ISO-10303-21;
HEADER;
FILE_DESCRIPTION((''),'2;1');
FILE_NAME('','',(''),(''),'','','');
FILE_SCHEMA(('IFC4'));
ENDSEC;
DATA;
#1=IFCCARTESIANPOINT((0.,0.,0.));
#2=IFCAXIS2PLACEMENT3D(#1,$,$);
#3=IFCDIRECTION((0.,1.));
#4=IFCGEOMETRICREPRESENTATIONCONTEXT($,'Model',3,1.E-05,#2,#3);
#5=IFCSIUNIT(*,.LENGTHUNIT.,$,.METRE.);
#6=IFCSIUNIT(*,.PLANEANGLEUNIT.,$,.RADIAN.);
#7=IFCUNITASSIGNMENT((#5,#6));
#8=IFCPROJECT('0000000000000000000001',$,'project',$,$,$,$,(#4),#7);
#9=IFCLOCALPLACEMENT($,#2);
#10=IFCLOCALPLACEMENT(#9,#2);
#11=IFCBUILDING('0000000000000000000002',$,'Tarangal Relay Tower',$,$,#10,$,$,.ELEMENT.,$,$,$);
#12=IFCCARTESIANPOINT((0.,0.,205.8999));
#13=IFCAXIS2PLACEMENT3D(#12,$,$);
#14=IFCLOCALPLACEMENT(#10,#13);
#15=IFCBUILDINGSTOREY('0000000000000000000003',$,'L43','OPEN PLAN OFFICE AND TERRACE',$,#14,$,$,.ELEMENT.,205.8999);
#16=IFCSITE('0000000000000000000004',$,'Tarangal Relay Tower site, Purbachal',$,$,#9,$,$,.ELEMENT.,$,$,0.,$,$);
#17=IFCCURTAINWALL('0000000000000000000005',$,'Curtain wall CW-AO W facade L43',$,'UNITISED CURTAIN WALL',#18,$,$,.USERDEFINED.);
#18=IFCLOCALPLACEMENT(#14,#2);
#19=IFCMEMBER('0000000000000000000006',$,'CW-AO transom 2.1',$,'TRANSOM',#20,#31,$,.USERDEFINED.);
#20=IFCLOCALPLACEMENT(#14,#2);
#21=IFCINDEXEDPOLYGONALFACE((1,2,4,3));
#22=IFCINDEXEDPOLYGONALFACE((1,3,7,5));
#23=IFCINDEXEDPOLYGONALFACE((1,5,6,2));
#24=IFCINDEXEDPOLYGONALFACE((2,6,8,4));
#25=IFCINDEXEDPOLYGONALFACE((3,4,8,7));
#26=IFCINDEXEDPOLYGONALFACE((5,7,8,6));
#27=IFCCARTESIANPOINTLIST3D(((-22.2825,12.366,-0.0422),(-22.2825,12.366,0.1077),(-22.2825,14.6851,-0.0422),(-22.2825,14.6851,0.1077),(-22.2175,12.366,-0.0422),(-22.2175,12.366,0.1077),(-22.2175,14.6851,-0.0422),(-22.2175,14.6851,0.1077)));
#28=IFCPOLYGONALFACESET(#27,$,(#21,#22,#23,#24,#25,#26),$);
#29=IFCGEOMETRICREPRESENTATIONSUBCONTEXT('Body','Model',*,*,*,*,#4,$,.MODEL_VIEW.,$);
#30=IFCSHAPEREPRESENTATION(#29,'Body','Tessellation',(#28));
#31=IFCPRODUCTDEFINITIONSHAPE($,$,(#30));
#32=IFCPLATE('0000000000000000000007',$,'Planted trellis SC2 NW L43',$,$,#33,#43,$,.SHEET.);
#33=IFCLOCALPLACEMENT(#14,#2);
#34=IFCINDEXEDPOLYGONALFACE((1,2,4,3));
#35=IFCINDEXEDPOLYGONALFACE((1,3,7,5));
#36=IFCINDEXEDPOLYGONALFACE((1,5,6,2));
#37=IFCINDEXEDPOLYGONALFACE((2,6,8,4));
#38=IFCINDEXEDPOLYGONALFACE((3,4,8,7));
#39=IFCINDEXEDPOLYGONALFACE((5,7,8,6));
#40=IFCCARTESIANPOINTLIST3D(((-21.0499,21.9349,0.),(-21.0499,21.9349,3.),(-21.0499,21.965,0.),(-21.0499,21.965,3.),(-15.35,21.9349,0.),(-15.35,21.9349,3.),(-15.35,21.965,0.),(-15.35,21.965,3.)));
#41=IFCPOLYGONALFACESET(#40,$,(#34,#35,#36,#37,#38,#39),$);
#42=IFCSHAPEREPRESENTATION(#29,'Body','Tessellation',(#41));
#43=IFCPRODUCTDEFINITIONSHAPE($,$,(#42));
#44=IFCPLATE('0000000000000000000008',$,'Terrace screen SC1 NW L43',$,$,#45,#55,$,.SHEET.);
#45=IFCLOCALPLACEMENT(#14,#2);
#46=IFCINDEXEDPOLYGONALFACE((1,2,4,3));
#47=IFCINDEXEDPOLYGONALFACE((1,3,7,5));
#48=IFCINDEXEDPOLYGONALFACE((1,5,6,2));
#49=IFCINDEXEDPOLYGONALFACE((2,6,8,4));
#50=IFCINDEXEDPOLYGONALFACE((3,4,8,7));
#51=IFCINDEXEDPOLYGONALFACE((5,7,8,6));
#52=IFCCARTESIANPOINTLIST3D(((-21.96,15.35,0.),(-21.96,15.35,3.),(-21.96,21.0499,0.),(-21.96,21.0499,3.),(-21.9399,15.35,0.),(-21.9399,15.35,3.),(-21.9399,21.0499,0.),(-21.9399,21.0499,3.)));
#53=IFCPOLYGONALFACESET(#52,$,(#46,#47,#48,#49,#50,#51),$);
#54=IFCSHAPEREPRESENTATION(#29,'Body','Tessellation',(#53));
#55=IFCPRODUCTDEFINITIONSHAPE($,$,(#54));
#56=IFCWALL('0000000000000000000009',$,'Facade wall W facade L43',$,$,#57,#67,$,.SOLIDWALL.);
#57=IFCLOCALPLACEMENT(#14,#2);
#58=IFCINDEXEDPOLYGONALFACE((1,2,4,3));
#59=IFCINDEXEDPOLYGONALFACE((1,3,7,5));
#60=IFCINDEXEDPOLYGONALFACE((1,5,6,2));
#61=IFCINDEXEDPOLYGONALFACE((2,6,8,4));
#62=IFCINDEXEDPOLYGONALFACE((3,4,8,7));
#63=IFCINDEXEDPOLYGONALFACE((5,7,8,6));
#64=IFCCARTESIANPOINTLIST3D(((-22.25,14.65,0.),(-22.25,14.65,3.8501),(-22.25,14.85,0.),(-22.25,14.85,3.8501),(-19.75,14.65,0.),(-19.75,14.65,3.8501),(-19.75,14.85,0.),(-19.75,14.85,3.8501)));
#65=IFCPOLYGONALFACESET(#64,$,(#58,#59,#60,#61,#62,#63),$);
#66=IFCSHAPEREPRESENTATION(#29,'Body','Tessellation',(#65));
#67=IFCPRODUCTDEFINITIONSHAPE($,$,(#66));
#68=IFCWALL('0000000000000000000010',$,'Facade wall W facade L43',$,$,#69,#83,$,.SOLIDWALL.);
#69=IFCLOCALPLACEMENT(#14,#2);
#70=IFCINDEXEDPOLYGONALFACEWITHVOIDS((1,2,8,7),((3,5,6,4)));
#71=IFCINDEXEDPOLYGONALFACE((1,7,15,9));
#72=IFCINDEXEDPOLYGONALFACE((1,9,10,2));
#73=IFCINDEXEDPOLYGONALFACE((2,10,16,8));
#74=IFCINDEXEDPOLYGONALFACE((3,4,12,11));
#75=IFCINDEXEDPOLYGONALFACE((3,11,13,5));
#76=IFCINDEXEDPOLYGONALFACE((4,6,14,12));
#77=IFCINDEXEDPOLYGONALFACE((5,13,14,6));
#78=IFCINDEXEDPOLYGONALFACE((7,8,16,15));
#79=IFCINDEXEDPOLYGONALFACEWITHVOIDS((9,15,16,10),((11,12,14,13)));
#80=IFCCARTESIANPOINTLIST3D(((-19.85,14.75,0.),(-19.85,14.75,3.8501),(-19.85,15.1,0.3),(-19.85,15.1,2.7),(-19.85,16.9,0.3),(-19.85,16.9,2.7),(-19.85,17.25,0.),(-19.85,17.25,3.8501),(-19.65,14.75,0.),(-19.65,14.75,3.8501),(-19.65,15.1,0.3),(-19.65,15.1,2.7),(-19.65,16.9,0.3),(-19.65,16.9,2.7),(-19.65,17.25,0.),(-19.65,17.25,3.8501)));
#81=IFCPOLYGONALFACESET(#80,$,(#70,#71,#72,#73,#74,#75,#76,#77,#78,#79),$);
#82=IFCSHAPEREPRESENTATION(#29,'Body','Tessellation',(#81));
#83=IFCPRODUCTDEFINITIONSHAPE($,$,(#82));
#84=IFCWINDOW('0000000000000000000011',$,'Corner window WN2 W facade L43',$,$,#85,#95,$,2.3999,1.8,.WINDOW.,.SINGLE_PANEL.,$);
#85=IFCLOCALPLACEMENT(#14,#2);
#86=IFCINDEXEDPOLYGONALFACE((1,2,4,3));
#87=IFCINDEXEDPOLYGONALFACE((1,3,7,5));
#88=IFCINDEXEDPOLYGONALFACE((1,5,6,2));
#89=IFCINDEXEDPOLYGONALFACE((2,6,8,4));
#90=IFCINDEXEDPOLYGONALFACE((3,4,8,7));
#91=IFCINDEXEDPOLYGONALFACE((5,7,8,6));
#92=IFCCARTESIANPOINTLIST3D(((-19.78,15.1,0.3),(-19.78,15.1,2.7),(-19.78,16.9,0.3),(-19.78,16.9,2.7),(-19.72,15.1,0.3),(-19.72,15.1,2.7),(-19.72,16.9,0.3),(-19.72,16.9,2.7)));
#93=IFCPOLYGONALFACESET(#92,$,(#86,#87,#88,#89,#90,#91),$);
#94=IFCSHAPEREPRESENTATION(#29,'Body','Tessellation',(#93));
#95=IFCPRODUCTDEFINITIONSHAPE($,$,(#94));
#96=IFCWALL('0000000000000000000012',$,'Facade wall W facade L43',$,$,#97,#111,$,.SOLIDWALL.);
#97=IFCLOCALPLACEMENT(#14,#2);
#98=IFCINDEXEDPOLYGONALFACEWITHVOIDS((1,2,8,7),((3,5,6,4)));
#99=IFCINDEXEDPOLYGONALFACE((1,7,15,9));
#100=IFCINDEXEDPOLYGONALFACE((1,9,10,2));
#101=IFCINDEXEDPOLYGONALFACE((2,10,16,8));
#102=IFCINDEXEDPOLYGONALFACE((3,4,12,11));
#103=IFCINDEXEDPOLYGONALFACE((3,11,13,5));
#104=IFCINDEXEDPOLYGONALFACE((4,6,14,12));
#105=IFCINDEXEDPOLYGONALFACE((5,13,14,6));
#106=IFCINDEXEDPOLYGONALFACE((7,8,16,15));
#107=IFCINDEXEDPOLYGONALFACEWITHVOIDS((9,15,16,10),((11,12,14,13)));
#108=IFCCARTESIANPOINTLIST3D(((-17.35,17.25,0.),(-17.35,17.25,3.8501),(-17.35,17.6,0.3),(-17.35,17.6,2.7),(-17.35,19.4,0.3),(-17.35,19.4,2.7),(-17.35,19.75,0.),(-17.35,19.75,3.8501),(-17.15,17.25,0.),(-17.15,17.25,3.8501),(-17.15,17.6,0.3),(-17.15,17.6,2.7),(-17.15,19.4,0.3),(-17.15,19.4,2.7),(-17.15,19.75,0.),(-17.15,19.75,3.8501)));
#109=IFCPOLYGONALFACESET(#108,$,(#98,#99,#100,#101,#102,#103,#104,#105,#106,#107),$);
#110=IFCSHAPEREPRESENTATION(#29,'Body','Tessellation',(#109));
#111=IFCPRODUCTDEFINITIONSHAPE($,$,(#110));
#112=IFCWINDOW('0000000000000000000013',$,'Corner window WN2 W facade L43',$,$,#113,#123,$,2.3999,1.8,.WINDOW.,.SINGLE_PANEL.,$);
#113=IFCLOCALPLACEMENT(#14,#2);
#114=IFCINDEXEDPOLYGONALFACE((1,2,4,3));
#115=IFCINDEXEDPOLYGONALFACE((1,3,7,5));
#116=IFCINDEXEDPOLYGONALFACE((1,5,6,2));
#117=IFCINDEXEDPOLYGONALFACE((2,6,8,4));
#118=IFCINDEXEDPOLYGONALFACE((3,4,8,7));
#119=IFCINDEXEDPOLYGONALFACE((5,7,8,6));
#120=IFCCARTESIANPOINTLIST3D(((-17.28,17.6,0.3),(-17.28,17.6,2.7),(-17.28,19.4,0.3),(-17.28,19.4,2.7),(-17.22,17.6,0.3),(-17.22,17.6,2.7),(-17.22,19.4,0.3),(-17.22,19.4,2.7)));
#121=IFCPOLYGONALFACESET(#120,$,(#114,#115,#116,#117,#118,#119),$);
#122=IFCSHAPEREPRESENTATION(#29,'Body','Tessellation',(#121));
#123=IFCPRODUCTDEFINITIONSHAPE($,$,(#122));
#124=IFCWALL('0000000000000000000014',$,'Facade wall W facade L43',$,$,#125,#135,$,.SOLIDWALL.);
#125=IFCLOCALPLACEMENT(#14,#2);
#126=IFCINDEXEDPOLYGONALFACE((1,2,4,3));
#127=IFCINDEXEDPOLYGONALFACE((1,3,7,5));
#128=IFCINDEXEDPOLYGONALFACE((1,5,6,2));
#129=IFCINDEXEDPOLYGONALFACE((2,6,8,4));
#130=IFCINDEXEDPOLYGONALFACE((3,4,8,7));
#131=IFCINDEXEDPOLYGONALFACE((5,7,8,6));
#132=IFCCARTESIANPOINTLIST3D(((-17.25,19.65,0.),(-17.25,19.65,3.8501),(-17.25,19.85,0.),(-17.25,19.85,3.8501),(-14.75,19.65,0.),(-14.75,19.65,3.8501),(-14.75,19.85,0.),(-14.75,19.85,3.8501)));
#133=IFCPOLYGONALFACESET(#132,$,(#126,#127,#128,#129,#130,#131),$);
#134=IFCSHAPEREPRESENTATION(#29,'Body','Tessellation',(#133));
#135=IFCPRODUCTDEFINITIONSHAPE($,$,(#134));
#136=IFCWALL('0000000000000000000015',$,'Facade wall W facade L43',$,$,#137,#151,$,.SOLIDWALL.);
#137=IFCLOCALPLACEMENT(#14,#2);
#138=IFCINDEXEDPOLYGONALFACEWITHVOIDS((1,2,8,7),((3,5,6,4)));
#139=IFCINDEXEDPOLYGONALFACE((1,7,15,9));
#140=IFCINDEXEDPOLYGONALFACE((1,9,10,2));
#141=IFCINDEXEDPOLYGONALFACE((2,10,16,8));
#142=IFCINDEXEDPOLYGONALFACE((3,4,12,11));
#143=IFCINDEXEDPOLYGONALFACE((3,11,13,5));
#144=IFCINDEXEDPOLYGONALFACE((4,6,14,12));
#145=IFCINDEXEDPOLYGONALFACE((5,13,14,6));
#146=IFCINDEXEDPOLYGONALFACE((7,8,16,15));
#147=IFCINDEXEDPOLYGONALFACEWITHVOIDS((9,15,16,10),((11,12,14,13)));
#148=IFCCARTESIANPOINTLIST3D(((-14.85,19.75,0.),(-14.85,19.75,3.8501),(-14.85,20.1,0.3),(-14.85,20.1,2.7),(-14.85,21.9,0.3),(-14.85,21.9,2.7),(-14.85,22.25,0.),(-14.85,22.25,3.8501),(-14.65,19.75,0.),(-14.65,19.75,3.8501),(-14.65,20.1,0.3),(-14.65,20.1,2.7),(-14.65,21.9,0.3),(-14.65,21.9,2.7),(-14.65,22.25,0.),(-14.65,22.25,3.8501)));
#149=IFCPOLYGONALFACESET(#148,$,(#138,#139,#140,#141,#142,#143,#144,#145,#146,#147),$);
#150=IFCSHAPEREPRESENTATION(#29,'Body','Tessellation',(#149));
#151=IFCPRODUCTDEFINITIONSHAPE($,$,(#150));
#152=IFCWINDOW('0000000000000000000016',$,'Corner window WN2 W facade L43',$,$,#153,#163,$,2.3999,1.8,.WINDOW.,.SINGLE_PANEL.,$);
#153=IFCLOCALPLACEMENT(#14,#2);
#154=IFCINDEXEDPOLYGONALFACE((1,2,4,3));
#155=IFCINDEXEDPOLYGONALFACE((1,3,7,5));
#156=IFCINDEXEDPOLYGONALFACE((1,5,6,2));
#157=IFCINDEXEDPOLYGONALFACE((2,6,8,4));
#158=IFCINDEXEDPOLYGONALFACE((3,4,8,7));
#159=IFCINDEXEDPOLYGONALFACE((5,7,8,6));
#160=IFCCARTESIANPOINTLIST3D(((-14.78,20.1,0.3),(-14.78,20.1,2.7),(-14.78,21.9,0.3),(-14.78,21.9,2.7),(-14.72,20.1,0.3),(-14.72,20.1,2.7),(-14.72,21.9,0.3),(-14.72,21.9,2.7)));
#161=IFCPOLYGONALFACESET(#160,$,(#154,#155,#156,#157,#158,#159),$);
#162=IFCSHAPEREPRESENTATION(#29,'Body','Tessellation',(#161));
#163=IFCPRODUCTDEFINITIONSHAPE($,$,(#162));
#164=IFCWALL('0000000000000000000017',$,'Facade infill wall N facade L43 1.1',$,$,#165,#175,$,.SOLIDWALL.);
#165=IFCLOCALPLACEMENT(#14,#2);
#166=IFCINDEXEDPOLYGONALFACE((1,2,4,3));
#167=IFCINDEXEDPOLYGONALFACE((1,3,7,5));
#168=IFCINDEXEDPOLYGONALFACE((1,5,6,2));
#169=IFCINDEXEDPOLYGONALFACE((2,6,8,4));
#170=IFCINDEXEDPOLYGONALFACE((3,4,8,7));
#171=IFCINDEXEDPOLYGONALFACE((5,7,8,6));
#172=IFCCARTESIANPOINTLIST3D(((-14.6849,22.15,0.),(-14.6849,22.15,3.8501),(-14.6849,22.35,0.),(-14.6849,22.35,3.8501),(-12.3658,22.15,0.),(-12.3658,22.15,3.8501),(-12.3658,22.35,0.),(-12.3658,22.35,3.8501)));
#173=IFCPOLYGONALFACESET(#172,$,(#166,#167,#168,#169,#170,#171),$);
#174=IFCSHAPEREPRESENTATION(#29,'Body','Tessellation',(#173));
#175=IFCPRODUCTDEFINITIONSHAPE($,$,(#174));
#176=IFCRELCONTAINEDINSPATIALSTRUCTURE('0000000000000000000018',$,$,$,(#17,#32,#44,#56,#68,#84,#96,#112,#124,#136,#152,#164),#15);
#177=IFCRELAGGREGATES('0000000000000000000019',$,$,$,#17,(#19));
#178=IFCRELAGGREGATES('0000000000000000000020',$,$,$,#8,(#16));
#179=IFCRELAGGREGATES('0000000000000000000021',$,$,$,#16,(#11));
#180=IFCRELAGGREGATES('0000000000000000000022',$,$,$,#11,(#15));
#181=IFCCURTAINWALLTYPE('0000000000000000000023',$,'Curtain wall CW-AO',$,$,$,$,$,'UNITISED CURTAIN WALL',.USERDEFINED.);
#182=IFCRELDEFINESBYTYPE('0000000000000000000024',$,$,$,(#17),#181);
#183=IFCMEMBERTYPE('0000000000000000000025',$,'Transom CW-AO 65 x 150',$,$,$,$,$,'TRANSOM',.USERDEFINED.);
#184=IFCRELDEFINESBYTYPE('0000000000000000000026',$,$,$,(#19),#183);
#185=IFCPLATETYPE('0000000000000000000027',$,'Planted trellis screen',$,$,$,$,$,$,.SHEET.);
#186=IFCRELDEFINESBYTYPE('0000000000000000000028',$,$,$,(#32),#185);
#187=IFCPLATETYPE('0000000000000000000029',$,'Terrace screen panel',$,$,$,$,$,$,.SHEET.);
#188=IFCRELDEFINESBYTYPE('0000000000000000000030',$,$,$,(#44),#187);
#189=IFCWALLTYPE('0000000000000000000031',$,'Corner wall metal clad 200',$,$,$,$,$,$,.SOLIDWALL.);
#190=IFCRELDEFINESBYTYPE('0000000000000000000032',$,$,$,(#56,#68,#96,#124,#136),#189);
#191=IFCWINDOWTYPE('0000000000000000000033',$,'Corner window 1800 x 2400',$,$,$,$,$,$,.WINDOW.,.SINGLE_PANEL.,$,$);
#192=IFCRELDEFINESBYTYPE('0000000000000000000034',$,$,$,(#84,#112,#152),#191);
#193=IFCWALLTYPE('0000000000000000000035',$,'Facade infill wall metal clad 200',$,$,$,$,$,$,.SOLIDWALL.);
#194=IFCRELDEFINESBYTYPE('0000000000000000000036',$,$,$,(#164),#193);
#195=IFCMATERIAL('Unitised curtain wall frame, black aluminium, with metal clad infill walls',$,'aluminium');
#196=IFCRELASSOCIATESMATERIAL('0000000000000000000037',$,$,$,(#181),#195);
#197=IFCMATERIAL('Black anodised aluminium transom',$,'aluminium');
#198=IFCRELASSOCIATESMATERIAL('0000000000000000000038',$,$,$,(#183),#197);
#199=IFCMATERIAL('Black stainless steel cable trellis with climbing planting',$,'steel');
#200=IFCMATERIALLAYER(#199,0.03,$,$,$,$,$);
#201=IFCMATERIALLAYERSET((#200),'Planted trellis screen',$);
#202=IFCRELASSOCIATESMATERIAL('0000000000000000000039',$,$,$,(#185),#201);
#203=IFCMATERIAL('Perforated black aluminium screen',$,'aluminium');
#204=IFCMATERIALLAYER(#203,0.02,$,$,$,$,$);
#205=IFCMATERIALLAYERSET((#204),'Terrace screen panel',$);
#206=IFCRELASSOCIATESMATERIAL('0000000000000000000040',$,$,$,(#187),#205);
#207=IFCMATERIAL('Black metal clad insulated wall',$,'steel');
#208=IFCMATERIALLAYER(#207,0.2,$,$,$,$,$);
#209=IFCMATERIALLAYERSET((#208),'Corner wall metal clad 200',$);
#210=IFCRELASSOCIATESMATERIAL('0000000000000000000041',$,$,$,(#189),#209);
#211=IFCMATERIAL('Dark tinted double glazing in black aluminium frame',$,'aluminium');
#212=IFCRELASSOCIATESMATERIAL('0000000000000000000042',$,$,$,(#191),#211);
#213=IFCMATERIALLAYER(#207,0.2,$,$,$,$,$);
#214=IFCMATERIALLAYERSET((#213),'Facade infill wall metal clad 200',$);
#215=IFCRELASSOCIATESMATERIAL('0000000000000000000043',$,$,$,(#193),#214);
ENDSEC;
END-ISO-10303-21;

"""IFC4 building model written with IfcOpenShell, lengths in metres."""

from ifc_helpers import new_model, si_unit, direction, frame, frame_2d, origin, origin_2d, place, context, subcontext, project, spatial, rectangle, extrude, material, layer, layer_set, material_profile, profile_set, type_object, element, fill, aggregate, save


model = new_model("IFC4")

# Units and contexts
model_context = context("Model", 3, precision=1e-05, world=origin(), true_north=direction((0.0, 1.0)))
body_context = subcontext(model_context, "Body", "Model", "MODEL_VIEW")
ifc_project = project(units=[si_unit("LENGTHUNIT", "METRE"), si_unit("PLANEANGLEUNIT", "RADIAN")], contexts=[model_context])

# Site, building, storey
site_placement = place(None, origin())
site = spatial("IfcSite", under=ifc_project, at=site_placement, Name="Tarangal Relay Tower site, Purbachal", CompositionType="ELEMENT", RefElevation=0.0)
building_placement = place(site_placement, origin())
building = spatial("IfcBuilding", under=site, at=building_placement, Name="Tarangal Relay Tower", CompositionType="ELEMENT")
storey_placement = place(building_placement, frame((0.0, 0.0, 205.8999)))
storey = spatial("IfcBuildingStorey", under=building, at=storey_placement, Name="L43", Description="OPEN PLAN OFFICE AND TERRACE", CompositionType="ELEMENT", Elevation=205.8999)

# Curtain wall
ifc_material_1 = material(Name="Unitised curtain wall frame, black aluminium, with metal clad infill walls", Category="aluminium")
curtain_wall_type = type_object("IfcCurtainWallType", Name="Curtain wall CW-AO", ElementType="UNITISED CURTAIN WALL", PredefinedType="USERDEFINED", material=ifc_material_1)
curtain_wall_1_placement = place(storey_placement, origin())
curtain_wall_1 = element("IfcCurtainWall", 1, at=curtain_wall_1_placement, inside=storey, type_object=curtain_wall_type, Name="Curtain wall CW-AO W facade L43", ObjectType="UNITISED CURTAIN WALL", PredefinedType="USERDEFINED")

# Member
ifc_material_2 = material(Name="Black anodised aluminium transom", Category="aluminium")
ifc_material_profile_1 = material_profile(ifc_material_2, rectangle(XDim=0.0649, YDim=0.1499, at=origin_2d()), Name="CW-AOT 65X150")
ifc_profile_set_1 = profile_set([ifc_material_profile_1], Name="Black anodised aluminium transom")
member_type_1 = type_object("IfcMemberType", Name="Transom CW-AO 65 x 150", ElementType="TRANSOM", PredefinedType="USERDEFINED", material=ifc_profile_set_1)
member_1_placement = place(storey_placement, frame((-22.25, 12.366, 0.0327), z_axis=(0.0, 1.0, 0.0), x_axis=(-1.0, 0.0, 0.0)))
member_1 = element("IfcMember", 2, at=member_1_placement, type_object=member_type_1, Name="CW-AO transom 2.1", ObjectType="TRANSOM", PredefinedType="USERDEFINED", context=body_context, shape_type="SweptSolid", body=[
    extrude(rectangle(XDim=0.0649, YDim=0.1499, at=origin_2d()), origin(), (0.0, 0.0, 1.0), 2.3191),
])
aggregate(curtain_wall_1, [member_1])

# Plates
ifc_material_3 = material(Name="Black stainless steel cable trellis with climbing planting", Category="steel")
ifc_layer_1 = layer(ifc_material_3, 0.03)
ifc_layer_set_1 = layer_set([ifc_layer_1], Name="Planted trellis screen")
plate_type_1 = type_object("IfcPlateType", Name="Planted trellis screen", PredefinedType="SHEET", material=ifc_layer_set_1)
plate_1_placement = place(storey_placement, frame((-18.2, 21.95, 0.0), z_axis=(0.0, 0.0, 1.0), x_axis=(1.0, 0.0, 0.0)))
element("IfcPlate", 3, at=plate_1_placement, inside=storey, type_object=plate_type_1, Name="Planted trellis SC2 NW L43", PredefinedType="SHEET", context=body_context, shape_type="SweptSolid", body=[
    extrude(rectangle(XDim=5.7, YDim=0.03, at=origin_2d()), origin(), (0.0, 0.0, 1.0), 3.0),
])
ifc_material_4 = material(Name="Perforated black aluminium screen", Category="aluminium")
ifc_layer_2 = layer(ifc_material_4, 0.02)
ifc_layer_set_2 = layer_set([ifc_layer_2], Name="Terrace screen panel")
plate_type_2 = type_object("IfcPlateType", Name="Terrace screen panel", PredefinedType="SHEET", material=ifc_layer_set_2)
plate_2_placement = place(storey_placement, frame((-21.95, 18.2, 0.0), z_axis=(0.0, 0.0, 1.0), x_axis=(0.0, 1.0, 0.0)))
element("IfcPlate", 4, at=plate_2_placement, inside=storey, type_object=plate_type_2, Name="Terrace screen SC1 NW L43", PredefinedType="SHEET", context=body_context, shape_type="SweptSolid", body=[
    extrude(rectangle(XDim=5.7, YDim=0.02, at=origin_2d()), origin(), (0.0, 0.0, 1.0), 3.0),
])

# Wall
ifc_material_5 = material(Name="Black metal clad insulated wall", Category="steel")
ifc_layer_3 = layer(ifc_material_5, 0.2)
ifc_layer_set_3 = layer_set([ifc_layer_3], Name="Corner wall metal clad 200")
wall_type_1 = type_object("IfcWallType", Name="Corner wall metal clad 200", PredefinedType="SOLIDWALL", material=ifc_layer_set_3)
wall_1_placement = place(storey_placement, frame((-22.25, 14.75, 0.0), z_axis=(0.0, 0.0, 1.0), x_axis=(1.0, 0.0, 0.0)))
element("IfcWall", 5, at=wall_1_placement, inside=storey, type_object=wall_type_1, Name="Facade wall W facade L43", PredefinedType="SOLIDWALL", context=body_context, shape_type="SweptSolid", body=[
    extrude(rectangle(XDim=2.5, YDim=0.2, at=frame_2d((1.25, 0.0))), origin(), (0.0, 0.0, 1.0), 3.8501),
])

# Wall, opening, window
wall_2_placement = place(storey_placement, frame((-19.75, 14.75, 0.0), z_axis=(0.0, 0.0, 1.0), x_axis=(0.0, 1.0, 0.0)))
wall_2 = element("IfcWall", 6, at=wall_2_placement, inside=storey, type_object=wall_type_1, Name="Facade wall W facade L43", PredefinedType="SOLIDWALL", context=body_context, shape_type="SweptSolid", body=[
    extrude(rectangle(XDim=2.5, YDim=0.2, at=frame_2d((1.25, 0.0))), origin(), (0.0, 0.0, 1.0), 3.8501),
])
opening_1_placement = place(wall_2_placement, frame((0.3501, 0.0, 0.3)))
opening_1 = element("IfcOpeningElement", 7, at=opening_1_placement, cuts=wall_2, PredefinedType="OPENING", context=body_context, shape_type="SweptSolid", body=[
    extrude(rectangle(XDim=1.8, YDim=2.3999, at=frame_2d((0.8999, 1.2))), frame((0.0, 0.1099, 0.0), z_axis=(0.0, -1.0, 0.0), x_axis=(1.0, 0.0, 0.0)), (0.0, 0.0, 1.0), 0.22),
])
ifc_material_6 = material(Name="Dark tinted double glazing in black aluminium frame", Category="aluminium")
window_type = type_object("IfcWindowType", Name="Corner window 1800 x 2400", PartitioningType="SINGLE_PANEL", PredefinedType="WINDOW", material=ifc_material_6)
window_1_placement = place(opening_1_placement, origin())
window_1 = element("IfcWindow", 8, at=window_1_placement, inside=storey, type_object=window_type, Name="Corner window WN2 W facade L43", OverallHeight=2.3999, OverallWidth=1.8, PartitioningType="SINGLE_PANEL", PredefinedType="WINDOW", context=body_context, shape_type="SweptSolid", body=[
    extrude(rectangle(XDim=1.8, YDim=2.3999, at=frame_2d((0.8999, 1.2))), frame((0.0, 0.03, 0.0), z_axis=(0.0, -1.0, 0.0), x_axis=(1.0, 0.0, 0.0)), (0.0, 0.0, 1.0), 0.0601),
])
fill(opening_1, window_1)

# Wall, opening, window
wall_3_placement = place(storey_placement, frame((-17.25, 17.25, 0.0), z_axis=(0.0, 0.0, 1.0), x_axis=(0.0, 1.0, 0.0)))
wall_3 = element("IfcWall", 9, at=wall_3_placement, inside=storey, type_object=wall_type_1, Name="Facade wall W facade L43", PredefinedType="SOLIDWALL", context=body_context, shape_type="SweptSolid", body=[
    extrude(rectangle(XDim=2.5, YDim=0.2, at=frame_2d((1.25, 0.0))), origin(), (0.0, 0.0, 1.0), 3.8501),
])
opening_2_placement = place(wall_3_placement, frame((0.3501, 0.0, 0.3)))
opening_2 = element("IfcOpeningElement", 10, at=opening_2_placement, cuts=wall_3, PredefinedType="OPENING", context=body_context, shape_type="SweptSolid", body=[
    extrude(rectangle(XDim=1.8, YDim=2.3999, at=frame_2d((0.8999, 1.2))), frame((0.0, 0.1099, 0.0), z_axis=(0.0, -1.0, 0.0), x_axis=(1.0, 0.0, 0.0)), (0.0, 0.0, 1.0), 0.22),
])
window_2_placement = place(opening_2_placement, origin())
window_2 = element("IfcWindow", 11, at=window_2_placement, inside=storey, type_object=window_type, Name="Corner window WN2 W facade L43", OverallHeight=2.3999, OverallWidth=1.8, PartitioningType="SINGLE_PANEL", PredefinedType="WINDOW", context=body_context, shape_type="SweptSolid", body=[
    extrude(rectangle(XDim=1.8, YDim=2.3999, at=frame_2d((0.8999, 1.2))), frame((0.0, 0.03, 0.0), z_axis=(0.0, -1.0, 0.0), x_axis=(1.0, 0.0, 0.0)), (0.0, 0.0, 1.0), 0.0601),
])
fill(opening_2, window_2)

# Wall
wall_4_placement = place(storey_placement, frame((-17.25, 19.75, 0.0), z_axis=(0.0, 0.0, 1.0), x_axis=(1.0, 0.0, 0.0)))
element("IfcWall", 12, at=wall_4_placement, inside=storey, type_object=wall_type_1, Name="Facade wall W facade L43", PredefinedType="SOLIDWALL", context=body_context, shape_type="SweptSolid", body=[
    extrude(rectangle(XDim=2.5, YDim=0.2, at=frame_2d((1.25, 0.0))), origin(), (0.0, 0.0, 1.0), 3.8501),
])

# Wall, opening, window
wall_5_placement = place(storey_placement, frame((-14.75, 19.75, 0.0), z_axis=(0.0, 0.0, 1.0), x_axis=(0.0, 1.0, 0.0)))
wall_5 = element("IfcWall", 13, at=wall_5_placement, inside=storey, type_object=wall_type_1, Name="Facade wall W facade L43", PredefinedType="SOLIDWALL", context=body_context, shape_type="SweptSolid", body=[
    extrude(rectangle(XDim=2.5, YDim=0.2, at=frame_2d((1.25, 0.0))), origin(), (0.0, 0.0, 1.0), 3.8501),
])
opening_3_placement = place(wall_5_placement, frame((0.3501, 0.0, 0.3)))
opening_3 = element("IfcOpeningElement", 14, at=opening_3_placement, cuts=wall_5, PredefinedType="OPENING", context=body_context, shape_type="SweptSolid", body=[
    extrude(rectangle(XDim=1.8, YDim=2.3999, at=frame_2d((0.8999, 1.2))), frame((0.0, 0.1099, 0.0), z_axis=(0.0, -1.0, 0.0), x_axis=(1.0, 0.0, 0.0)), (0.0, 0.0, 1.0), 0.22),
])
window_3_placement = place(opening_3_placement, origin())
window_3 = element("IfcWindow", 15, at=window_3_placement, inside=storey, type_object=window_type, Name="Corner window WN2 W facade L43", OverallHeight=2.3999, OverallWidth=1.8, PartitioningType="SINGLE_PANEL", PredefinedType="WINDOW", context=body_context, shape_type="SweptSolid", body=[
    extrude(rectangle(XDim=1.8, YDim=2.3999, at=frame_2d((0.8999, 1.2))), frame((0.0, 0.03, 0.0), z_axis=(0.0, -1.0, 0.0), x_axis=(1.0, 0.0, 0.0)), (0.0, 0.0, 1.0), 0.0601),
])
fill(opening_3, window_3)

# Wall
ifc_layer_4 = layer(ifc_material_5, 0.2)
ifc_layer_set_4 = layer_set([ifc_layer_4], Name="Facade infill wall metal clad 200")
wall_type_2 = type_object("IfcWallType", Name="Facade infill wall metal clad 200", PredefinedType="SOLIDWALL", material=ifc_layer_set_4)
for number, where, z_axis, x_axis, name in (
    (16, (-14.6851, 22.25, 0.0), (0.0, 0.0, 1.0), (1.0, 0.0, 0.0), "Facade infill wall N facade L43 1.1"),
):
    element("IfcWall", number, at=place(storey_placement, frame(where, z_axis=z_axis, x_axis=x_axis)), inside=storey, type_object=wall_type_2, Name=name, PredefinedType="SOLIDWALL", context=body_context, shape_type="SweptSolid", body=[
        extrude(rectangle(XDim=2.3191, YDim=0.2, at=frame_2d((1.1597, 0.0))), origin(), (0.0, 0.0, 1.0), 3.8501),
    ])

save(model, "model.ifc")
